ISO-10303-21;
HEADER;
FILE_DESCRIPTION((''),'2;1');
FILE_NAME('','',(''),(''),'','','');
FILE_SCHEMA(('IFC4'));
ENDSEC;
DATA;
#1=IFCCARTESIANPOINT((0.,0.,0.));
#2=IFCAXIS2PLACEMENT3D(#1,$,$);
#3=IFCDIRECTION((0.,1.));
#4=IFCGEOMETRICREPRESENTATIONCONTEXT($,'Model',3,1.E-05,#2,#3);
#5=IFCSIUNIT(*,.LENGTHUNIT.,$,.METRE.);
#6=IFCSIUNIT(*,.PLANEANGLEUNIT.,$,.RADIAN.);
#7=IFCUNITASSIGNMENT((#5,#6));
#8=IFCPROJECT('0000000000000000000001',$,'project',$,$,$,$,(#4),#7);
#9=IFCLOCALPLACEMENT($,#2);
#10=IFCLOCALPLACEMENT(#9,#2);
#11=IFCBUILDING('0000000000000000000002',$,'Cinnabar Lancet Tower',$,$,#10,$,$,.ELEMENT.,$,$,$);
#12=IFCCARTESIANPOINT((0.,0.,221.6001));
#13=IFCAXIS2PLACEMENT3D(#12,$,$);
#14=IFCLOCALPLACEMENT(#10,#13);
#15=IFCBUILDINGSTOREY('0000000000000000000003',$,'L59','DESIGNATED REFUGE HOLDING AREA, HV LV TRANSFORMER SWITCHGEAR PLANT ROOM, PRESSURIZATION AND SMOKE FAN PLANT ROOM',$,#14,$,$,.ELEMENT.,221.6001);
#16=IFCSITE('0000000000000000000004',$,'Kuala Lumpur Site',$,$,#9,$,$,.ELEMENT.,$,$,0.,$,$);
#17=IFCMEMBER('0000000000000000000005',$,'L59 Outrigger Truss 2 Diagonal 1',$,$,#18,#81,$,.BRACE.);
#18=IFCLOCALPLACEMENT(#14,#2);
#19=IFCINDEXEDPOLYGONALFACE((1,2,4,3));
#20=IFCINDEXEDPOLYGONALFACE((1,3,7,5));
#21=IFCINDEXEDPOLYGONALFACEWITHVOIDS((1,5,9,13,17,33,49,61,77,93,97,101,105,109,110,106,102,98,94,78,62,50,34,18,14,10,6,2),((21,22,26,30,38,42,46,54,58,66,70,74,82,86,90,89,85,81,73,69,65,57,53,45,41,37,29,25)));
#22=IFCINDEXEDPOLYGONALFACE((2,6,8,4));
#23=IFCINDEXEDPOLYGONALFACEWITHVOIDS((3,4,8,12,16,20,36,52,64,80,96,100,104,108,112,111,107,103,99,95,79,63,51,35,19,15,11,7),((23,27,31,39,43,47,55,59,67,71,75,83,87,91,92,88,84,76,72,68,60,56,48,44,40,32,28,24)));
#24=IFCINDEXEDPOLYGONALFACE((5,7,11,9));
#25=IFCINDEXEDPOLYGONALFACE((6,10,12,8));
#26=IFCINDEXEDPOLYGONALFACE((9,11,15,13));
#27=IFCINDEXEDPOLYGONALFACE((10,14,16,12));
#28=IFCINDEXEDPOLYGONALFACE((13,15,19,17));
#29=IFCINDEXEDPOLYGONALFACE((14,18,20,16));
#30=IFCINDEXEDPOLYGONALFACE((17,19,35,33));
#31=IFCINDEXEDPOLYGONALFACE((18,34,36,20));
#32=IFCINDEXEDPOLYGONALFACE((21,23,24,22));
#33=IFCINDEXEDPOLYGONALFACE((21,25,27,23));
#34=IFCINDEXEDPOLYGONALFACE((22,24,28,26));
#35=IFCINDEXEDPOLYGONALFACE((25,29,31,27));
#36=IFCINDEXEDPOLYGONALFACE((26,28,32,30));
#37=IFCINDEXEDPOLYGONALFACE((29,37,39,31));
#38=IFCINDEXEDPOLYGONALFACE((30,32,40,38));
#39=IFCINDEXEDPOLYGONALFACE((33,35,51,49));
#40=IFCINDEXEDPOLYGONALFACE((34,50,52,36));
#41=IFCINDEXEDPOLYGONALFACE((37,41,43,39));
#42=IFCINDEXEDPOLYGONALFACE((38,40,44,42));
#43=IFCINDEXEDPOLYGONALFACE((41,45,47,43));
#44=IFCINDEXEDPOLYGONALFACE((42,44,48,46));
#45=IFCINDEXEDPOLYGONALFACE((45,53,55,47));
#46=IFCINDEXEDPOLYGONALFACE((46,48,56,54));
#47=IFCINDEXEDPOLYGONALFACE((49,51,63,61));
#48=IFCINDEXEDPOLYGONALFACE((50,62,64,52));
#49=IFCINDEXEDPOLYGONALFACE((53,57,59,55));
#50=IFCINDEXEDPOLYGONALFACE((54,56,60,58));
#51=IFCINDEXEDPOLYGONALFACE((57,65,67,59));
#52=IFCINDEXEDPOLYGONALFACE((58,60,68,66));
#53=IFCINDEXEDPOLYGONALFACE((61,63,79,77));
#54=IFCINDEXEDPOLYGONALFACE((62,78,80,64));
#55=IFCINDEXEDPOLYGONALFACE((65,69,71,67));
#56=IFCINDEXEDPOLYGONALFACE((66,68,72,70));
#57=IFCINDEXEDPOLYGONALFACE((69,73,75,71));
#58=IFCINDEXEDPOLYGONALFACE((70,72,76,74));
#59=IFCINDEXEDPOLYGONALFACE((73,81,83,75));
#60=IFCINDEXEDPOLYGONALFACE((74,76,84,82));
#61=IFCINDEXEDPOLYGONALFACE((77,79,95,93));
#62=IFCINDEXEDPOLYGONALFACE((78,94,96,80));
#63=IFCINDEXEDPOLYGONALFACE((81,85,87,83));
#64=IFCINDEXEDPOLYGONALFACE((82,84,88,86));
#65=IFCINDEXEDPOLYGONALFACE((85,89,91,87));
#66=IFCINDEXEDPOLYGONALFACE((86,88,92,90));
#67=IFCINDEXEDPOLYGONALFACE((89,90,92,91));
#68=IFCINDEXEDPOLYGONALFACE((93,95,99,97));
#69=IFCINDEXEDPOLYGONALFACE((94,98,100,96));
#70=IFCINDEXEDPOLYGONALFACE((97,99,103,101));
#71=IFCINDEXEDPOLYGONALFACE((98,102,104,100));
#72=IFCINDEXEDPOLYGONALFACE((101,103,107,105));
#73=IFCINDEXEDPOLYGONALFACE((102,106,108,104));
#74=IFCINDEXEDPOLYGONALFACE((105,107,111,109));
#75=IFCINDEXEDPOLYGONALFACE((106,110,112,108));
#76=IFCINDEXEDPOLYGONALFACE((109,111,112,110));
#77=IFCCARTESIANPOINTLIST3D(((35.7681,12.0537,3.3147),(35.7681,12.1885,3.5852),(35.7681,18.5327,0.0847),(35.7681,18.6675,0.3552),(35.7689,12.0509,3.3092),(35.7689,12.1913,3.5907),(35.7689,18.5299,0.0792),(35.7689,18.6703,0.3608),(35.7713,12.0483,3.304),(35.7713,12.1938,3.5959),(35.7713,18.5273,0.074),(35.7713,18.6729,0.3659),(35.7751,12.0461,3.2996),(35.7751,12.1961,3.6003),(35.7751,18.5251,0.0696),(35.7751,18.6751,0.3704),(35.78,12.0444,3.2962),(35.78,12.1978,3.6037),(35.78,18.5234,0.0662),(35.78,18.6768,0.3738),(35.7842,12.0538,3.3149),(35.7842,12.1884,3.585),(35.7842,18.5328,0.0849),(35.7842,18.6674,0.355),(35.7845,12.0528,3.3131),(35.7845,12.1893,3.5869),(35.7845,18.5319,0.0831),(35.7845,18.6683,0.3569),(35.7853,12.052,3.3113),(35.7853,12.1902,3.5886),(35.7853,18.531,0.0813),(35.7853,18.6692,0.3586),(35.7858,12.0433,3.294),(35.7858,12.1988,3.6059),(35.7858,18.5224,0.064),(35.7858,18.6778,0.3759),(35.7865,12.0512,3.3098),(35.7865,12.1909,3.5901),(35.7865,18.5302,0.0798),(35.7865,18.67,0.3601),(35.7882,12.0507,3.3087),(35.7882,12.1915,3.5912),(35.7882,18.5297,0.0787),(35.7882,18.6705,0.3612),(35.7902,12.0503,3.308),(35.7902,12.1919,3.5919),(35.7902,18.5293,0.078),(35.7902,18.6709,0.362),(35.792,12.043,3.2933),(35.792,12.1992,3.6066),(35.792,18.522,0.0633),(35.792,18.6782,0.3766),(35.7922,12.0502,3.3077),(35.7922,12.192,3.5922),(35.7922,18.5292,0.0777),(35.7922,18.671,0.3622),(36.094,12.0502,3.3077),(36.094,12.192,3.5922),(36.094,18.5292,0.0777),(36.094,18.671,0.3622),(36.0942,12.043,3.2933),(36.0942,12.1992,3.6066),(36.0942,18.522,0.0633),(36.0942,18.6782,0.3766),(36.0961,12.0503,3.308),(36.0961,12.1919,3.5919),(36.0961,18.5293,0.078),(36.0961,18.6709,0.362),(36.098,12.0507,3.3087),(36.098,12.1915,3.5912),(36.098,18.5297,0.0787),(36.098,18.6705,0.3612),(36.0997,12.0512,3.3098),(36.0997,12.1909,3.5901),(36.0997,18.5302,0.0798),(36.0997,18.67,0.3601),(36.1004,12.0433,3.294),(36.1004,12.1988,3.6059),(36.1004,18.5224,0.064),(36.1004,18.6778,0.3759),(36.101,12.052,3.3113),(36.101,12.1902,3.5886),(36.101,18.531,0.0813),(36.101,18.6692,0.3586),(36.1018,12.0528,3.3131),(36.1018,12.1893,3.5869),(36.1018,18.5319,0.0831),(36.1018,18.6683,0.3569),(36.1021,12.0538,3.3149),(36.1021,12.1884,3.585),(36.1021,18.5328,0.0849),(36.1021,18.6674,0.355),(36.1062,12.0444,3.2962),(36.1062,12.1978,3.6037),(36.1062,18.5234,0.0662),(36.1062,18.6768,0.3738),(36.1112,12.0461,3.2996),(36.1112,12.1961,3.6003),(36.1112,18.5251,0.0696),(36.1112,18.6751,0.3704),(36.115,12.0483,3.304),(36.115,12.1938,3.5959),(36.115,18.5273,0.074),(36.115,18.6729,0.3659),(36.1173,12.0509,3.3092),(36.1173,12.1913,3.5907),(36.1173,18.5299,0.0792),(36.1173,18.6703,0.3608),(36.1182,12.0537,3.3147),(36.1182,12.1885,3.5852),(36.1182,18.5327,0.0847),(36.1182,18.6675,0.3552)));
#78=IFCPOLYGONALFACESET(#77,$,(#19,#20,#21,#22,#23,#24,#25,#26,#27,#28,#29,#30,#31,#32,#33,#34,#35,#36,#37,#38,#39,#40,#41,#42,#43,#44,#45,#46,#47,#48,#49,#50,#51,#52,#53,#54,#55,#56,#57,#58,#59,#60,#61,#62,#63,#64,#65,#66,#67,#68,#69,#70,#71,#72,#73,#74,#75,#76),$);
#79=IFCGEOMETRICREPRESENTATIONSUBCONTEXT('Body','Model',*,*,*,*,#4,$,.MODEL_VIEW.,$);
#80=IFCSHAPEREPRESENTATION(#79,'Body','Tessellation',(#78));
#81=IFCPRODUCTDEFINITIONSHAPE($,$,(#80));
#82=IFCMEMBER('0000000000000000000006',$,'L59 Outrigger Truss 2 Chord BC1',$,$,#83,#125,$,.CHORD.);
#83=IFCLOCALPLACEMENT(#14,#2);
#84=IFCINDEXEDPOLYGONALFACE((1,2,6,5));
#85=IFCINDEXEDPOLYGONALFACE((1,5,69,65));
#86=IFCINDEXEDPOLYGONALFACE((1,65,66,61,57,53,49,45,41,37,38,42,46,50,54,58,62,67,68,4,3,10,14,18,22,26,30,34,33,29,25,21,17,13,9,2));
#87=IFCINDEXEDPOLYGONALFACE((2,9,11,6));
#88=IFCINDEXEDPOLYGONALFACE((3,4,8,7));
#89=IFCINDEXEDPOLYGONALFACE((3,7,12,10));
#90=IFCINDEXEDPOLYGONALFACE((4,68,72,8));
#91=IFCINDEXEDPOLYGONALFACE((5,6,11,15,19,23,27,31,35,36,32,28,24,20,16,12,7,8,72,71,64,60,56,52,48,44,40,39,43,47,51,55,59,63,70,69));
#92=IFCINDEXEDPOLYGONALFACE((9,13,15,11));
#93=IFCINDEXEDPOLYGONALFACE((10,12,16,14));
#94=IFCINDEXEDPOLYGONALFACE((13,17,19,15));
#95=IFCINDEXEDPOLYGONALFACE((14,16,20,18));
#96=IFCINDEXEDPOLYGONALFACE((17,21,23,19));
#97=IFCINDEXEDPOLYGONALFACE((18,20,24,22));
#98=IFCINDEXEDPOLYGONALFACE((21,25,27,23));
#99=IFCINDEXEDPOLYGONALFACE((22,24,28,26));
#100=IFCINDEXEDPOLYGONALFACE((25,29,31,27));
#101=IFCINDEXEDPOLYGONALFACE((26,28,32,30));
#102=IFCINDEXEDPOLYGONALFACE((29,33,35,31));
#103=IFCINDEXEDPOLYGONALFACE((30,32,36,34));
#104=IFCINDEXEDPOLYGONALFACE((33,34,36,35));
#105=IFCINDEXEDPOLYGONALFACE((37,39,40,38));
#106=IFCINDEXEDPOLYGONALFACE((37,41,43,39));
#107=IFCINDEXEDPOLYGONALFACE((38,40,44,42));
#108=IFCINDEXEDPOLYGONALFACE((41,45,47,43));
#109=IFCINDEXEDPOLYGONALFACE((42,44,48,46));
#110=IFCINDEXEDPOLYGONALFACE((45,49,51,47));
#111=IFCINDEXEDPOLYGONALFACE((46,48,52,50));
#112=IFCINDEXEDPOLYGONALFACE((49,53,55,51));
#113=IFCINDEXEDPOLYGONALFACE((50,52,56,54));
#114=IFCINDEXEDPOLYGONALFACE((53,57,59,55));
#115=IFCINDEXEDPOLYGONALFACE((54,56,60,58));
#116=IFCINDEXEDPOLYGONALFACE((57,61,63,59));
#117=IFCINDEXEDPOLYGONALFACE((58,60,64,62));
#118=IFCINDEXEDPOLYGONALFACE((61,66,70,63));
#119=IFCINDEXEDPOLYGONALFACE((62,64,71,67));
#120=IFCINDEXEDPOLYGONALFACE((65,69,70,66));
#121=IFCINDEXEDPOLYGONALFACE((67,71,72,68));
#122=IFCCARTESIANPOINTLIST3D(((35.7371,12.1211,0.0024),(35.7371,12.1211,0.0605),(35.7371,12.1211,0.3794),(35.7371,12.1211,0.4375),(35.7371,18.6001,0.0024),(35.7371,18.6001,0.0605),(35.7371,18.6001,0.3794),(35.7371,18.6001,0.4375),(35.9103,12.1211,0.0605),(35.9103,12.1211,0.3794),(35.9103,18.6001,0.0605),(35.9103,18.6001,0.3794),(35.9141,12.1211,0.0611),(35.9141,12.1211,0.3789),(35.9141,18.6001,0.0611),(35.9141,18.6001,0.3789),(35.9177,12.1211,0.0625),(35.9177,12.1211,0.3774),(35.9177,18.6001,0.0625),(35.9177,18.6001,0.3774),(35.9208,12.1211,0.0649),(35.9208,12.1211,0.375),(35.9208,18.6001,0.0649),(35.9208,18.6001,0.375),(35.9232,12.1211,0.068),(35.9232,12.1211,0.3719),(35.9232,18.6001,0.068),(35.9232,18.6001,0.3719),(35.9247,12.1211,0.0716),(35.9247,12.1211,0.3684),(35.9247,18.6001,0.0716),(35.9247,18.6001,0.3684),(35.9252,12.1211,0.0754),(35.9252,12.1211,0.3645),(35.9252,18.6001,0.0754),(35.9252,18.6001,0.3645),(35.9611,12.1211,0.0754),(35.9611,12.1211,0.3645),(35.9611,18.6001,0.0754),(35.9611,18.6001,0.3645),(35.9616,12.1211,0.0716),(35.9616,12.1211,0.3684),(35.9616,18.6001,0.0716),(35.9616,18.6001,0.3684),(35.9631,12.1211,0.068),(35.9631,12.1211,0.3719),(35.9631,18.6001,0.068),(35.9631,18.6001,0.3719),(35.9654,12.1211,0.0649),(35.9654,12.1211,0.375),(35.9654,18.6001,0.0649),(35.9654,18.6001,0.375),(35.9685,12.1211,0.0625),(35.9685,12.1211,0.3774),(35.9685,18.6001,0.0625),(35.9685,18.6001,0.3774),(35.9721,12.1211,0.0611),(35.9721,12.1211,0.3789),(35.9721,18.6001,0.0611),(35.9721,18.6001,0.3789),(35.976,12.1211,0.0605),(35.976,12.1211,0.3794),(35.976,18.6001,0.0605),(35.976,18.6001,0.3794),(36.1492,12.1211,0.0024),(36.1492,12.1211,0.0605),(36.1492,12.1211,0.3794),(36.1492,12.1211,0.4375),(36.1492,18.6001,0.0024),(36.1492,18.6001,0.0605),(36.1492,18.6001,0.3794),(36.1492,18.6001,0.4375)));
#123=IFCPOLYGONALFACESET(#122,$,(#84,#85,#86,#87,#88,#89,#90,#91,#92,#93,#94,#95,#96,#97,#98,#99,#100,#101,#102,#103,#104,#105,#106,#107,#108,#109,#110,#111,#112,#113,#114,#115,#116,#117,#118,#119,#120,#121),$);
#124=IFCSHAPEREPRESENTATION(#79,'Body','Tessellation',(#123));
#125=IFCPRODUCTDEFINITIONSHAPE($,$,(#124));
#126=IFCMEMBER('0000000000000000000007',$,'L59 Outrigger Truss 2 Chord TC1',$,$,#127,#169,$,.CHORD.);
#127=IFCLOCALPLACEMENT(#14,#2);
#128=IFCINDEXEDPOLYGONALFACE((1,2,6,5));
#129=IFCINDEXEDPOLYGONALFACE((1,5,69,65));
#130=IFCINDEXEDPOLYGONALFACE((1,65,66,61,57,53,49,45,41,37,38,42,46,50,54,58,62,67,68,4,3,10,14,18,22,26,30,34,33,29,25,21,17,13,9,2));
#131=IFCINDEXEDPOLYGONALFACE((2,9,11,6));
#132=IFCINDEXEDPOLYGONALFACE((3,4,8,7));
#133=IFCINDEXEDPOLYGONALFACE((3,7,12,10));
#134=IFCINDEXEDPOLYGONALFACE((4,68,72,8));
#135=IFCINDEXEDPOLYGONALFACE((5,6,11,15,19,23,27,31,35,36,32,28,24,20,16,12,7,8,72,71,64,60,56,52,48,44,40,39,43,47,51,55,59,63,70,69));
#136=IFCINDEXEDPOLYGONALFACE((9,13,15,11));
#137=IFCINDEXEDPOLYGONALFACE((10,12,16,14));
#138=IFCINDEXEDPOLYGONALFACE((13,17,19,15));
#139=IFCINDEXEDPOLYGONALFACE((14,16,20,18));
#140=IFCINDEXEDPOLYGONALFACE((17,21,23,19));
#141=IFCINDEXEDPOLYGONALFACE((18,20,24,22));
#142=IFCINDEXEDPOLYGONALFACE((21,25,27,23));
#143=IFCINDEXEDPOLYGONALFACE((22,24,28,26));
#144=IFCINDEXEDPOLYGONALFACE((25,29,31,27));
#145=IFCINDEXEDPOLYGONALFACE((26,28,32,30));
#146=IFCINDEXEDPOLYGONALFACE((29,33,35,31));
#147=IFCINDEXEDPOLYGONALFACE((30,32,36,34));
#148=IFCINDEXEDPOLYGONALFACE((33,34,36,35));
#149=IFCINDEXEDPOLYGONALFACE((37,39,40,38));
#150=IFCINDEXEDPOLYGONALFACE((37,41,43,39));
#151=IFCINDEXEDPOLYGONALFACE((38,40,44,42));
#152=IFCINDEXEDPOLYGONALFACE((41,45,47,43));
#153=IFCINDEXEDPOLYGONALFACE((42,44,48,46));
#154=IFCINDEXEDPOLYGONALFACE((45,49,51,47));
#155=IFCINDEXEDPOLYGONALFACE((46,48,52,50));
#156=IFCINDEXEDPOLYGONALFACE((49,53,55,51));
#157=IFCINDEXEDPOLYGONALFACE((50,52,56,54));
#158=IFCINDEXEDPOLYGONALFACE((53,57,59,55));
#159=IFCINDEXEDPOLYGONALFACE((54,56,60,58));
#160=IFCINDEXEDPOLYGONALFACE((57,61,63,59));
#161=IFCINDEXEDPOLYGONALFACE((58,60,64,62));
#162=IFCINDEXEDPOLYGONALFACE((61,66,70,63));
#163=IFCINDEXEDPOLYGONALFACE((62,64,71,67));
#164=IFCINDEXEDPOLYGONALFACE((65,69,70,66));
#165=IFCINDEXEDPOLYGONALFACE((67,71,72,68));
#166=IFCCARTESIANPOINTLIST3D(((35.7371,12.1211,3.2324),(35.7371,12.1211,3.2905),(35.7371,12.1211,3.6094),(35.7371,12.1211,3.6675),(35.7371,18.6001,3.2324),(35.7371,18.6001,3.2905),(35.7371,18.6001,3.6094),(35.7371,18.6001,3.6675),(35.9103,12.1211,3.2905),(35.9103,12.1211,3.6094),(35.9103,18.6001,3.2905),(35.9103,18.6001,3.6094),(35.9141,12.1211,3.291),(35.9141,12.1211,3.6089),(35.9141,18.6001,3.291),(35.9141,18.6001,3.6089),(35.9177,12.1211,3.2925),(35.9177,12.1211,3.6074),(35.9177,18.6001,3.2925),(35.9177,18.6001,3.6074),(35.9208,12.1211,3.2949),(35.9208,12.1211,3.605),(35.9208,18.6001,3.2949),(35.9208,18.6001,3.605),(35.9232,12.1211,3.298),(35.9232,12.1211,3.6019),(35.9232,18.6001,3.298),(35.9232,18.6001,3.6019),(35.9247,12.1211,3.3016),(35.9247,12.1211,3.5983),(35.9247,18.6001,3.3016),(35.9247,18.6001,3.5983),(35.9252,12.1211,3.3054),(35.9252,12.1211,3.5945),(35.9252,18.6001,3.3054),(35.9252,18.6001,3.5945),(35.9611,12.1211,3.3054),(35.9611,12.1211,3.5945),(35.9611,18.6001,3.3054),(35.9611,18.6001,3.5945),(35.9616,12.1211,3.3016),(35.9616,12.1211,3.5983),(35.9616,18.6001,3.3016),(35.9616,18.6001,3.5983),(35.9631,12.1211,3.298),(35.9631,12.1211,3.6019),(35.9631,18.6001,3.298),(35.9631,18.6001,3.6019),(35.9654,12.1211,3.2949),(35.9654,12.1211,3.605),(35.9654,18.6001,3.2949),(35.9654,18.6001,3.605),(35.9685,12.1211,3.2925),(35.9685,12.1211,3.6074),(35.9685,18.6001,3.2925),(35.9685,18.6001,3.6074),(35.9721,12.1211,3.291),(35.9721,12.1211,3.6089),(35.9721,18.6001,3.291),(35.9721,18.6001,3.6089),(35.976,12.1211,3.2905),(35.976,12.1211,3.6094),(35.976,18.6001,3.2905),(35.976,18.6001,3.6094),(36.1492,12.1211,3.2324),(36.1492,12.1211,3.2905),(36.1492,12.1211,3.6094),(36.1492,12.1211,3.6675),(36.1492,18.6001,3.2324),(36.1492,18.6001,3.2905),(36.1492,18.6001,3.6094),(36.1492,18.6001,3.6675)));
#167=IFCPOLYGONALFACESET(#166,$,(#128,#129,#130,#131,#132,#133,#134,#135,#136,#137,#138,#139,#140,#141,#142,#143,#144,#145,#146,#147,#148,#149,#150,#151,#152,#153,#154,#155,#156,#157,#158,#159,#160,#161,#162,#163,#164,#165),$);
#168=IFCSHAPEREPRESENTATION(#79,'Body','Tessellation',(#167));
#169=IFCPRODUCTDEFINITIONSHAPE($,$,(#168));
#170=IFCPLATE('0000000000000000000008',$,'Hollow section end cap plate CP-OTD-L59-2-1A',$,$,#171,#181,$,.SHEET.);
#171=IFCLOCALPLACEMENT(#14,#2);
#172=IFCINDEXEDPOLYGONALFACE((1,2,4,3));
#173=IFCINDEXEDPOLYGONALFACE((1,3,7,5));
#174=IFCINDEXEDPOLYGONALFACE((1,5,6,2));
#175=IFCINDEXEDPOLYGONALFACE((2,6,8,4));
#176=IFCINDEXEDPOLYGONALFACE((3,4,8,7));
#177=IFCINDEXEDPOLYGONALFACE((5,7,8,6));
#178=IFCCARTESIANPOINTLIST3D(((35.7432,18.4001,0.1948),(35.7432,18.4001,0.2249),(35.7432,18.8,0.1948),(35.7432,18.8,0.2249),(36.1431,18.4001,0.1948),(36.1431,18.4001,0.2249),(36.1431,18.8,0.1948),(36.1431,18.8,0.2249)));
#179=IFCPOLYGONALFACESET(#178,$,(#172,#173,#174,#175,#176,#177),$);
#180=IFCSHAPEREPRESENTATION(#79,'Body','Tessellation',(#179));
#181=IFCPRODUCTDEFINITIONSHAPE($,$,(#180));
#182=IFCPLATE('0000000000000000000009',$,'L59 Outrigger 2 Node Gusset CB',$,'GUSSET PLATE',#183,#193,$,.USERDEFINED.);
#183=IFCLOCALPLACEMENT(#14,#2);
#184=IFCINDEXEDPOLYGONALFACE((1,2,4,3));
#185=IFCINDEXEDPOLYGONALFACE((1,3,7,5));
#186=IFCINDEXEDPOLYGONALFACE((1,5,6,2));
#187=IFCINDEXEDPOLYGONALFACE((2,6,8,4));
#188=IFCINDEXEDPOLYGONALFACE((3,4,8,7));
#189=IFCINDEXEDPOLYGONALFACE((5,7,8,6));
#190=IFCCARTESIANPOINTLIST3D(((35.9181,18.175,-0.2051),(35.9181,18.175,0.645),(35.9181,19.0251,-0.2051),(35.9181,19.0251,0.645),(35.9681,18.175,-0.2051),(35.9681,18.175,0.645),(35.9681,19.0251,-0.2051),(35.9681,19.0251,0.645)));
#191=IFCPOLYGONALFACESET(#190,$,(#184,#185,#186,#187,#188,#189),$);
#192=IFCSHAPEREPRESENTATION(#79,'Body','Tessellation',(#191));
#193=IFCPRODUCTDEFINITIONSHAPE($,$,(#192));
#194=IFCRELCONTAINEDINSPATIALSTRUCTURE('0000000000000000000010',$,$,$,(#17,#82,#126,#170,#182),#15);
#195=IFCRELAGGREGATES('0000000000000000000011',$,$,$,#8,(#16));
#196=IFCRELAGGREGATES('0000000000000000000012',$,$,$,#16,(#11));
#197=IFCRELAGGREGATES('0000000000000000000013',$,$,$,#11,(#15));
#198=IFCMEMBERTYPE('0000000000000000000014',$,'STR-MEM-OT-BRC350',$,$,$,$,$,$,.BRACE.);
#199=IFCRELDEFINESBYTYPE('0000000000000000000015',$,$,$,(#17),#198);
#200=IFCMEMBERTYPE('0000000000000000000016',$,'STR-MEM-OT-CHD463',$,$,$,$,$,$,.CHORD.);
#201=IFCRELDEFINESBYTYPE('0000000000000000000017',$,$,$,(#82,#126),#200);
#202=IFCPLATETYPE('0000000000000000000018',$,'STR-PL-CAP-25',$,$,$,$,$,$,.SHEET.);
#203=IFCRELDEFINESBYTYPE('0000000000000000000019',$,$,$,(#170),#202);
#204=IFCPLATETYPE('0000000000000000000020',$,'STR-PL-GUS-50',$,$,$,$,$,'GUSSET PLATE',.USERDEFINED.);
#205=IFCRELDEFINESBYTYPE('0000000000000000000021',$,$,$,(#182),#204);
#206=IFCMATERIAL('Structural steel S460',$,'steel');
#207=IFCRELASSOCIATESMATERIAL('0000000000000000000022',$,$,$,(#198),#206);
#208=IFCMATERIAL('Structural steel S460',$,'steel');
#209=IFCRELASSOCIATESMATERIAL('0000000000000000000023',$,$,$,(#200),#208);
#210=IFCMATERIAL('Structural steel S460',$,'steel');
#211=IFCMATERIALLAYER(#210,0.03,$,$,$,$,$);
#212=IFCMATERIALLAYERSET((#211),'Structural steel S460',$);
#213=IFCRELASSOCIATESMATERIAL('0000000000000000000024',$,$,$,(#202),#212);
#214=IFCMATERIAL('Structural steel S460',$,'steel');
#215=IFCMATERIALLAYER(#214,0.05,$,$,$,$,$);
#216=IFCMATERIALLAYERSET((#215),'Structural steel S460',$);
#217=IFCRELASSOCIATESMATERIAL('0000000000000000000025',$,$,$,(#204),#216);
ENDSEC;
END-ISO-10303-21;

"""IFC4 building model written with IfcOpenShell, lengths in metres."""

from ifc_helpers import new_model, si_unit, direction, frame, origin, origin_2d, place, context, subcontext, project, spatial, rectangle, hollow_rectangle, i_section, extrude, material, layer, layer_set, material_profile, profile_set, type_object, element, save


model = new_model("IFC4")

# Units and contexts
model_context = context("Model", 3, precision=1e-05, world=origin(), true_north=direction((0.0, 1.0)))
body_context = subcontext(model_context, "Body", "Model", "MODEL_VIEW")
ifc_project = project(units=[si_unit("LENGTHUNIT", "METRE"), si_unit("PLANEANGLEUNIT", "RADIAN")], contexts=[model_context])

# Site, building, storey
site_placement = place(None, origin())
site = spatial("IfcSite", under=ifc_project, at=site_placement, Name="Kuala Lumpur Site", CompositionType="ELEMENT", RefElevation=0.0)
building_placement = place(site_placement, origin())
building = spatial("IfcBuilding", under=site, at=building_placement, Name="Cinnabar Lancet Tower", CompositionType="ELEMENT")
storey_placement = place(building_placement, frame((0.0, 0.0, 221.6001)))
storey = spatial("IfcBuildingStorey", under=building, at=storey_placement, Name="L59", Description="DESIGNATED REFUGE HOLDING AREA, HV LV TRANSFORMER SWITCHGEAR PLANT ROOM, PRESSURIZATION AND SMOKE FAN PLANT ROOM", CompositionType="ELEMENT", Elevation=221.6001)

# Members
ifc_material_1 = material(Name="Structural steel S460", Category="steel")
ifc_material_profile_1 = material_profile(ifc_material_1, hollow_rectangle(XDim=0.3501, YDim=0.3501, WallThickness=0.0161, InnerFilletRadius=0.0081, OuterFilletRadius=0.0239, at=origin_2d()), Name="SHS 350x350x16")
ifc_profile_set_1 = profile_set([ifc_material_profile_1], Name="Structural steel S460")
member_type_1 = type_object("IfcMemberType", Name="STR-MEM-OT-BRC350", PredefinedType="BRACE", material=ifc_profile_set_1)
member_placement = place(storey_placement, frame((35.9431, 18.6001, 0.22), z_axis=(0.0, -0.894953, 0.446161), x_axis=(1.0, 0.0, 0.0)))
element("IfcMember", 1, at=member_placement, inside=storey, type_object=member_type_1, Name="L59 Outrigger Truss 2 Diagonal 1", PredefinedType="BRACE", context=body_context, shape_type="SweptSolid", body=[
    extrude(hollow_rectangle(XDim=0.3501, YDim=0.3501, WallThickness=0.0161, InnerFilletRadius=0.0081, OuterFilletRadius=0.0239, at=origin_2d()), origin(), (0.0, 0.0, 1.0), 7.2395),
])
ifc_material_2 = material(Name="Structural steel S460", Category="steel")
ifc_material_profile_2 = material_profile(ifc_material_2, i_section(OverallWidth=0.4121, OverallDepth=0.4351, WebThickness=0.0359, FlangeThickness=0.0581, FilletRadius=0.0149, at=origin_2d()), Name="HD 400x463")
ifc_profile_set_2 = profile_set([ifc_material_profile_2], Name="Structural steel S460")
member_type_2 = type_object("IfcMemberType", Name="STR-MEM-OT-CHD463", PredefinedType="CHORD", material=ifc_profile_set_2)
for number, where, z_axis, x_axis, name in (
    (2, (35.9431, 18.6001, 0.22), (0.0, -1.0, 0.0), (1.0, 0.0, 0.0), "L59 Outrigger Truss 2 Chord BC1"),
    (3, (35.9431, 18.6001, 3.45), (0.0, -1.0, 0.0), (1.0, 0.0, 0.0), "L59 Outrigger Truss 2 Chord TC1"),
):
    element("IfcMember", number, at=place(storey_placement, frame(where, z_axis=z_axis, x_axis=x_axis)), inside=storey, type_object=member_type_2, Name=name, PredefinedType="CHORD", context=body_context, shape_type="SweptSolid", body=[
        extrude(i_section(OverallWidth=0.4121, OverallDepth=0.4351, WebThickness=0.0359, FlangeThickness=0.0581, FilletRadius=0.0149, at=origin_2d()), origin(), (0.0, 0.0, 1.0), 6.479),
    ])

# Plates
ifc_material_3 = material(Name="Structural steel S460", Category="steel")
ifc_layer_1 = layer(ifc_material_3, 0.03)
ifc_layer_set_1 = layer_set([ifc_layer_1], Name="Structural steel S460")
plate_type_1 = type_object("IfcPlateType", Name="STR-PL-CAP-25", PredefinedType="SHEET", material=ifc_layer_set_1)
plate_placement = place(storey_placement, frame((35.9431, 18.6001, 0.1948), z_axis=(0.0, 0.0, 1.0), x_axis=(0.0, 1.0, 0.0)))
element("IfcPlate", 4, at=plate_placement, inside=storey, type_object=plate_type_1, Name="Hollow section end cap plate CP-OTD-L59-2-1A", PredefinedType="SHEET", context=body_context, shape_type="SweptSolid", body=[
    extrude(rectangle(XDim=0.3999, YDim=0.3999, at=origin_2d()), origin(), (0.0, 0.0, 1.0), 0.03),
])
ifc_material_4 = material(Name="Structural steel S460", Category="steel")
ifc_layer_2 = layer(ifc_material_4, 0.05)
ifc_layer_set_2 = layer_set([ifc_layer_2], Name="Structural steel S460")
plate_type_2 = type_object("IfcPlateType", Name="STR-PL-GUS-50", ElementType="GUSSET PLATE", PredefinedType="USERDEFINED", material=ifc_layer_set_2)
for number, where, z_axis, x_axis, name in (
    (5, (35.9431, 18.6001, -0.2051), (0.0, 0.0, 1.0), (1.0, 0.0, 0.0), "L59 Outrigger 2 Node Gusset CB"),
):
    element("IfcPlate", number, at=place(storey_placement, frame(where, z_axis=z_axis, x_axis=x_axis)), inside=storey, type_object=plate_type_2, Name=name, ObjectType="GUSSET PLATE", PredefinedType="USERDEFINED", context=body_context, shape_type="SweptSolid", body=[
        extrude(rectangle(XDim=0.05, YDim=0.8501, at=origin_2d()), origin(), (0.0, 0.0, 1.0), 0.8501),
    ])

save(model, "model.ifc")
